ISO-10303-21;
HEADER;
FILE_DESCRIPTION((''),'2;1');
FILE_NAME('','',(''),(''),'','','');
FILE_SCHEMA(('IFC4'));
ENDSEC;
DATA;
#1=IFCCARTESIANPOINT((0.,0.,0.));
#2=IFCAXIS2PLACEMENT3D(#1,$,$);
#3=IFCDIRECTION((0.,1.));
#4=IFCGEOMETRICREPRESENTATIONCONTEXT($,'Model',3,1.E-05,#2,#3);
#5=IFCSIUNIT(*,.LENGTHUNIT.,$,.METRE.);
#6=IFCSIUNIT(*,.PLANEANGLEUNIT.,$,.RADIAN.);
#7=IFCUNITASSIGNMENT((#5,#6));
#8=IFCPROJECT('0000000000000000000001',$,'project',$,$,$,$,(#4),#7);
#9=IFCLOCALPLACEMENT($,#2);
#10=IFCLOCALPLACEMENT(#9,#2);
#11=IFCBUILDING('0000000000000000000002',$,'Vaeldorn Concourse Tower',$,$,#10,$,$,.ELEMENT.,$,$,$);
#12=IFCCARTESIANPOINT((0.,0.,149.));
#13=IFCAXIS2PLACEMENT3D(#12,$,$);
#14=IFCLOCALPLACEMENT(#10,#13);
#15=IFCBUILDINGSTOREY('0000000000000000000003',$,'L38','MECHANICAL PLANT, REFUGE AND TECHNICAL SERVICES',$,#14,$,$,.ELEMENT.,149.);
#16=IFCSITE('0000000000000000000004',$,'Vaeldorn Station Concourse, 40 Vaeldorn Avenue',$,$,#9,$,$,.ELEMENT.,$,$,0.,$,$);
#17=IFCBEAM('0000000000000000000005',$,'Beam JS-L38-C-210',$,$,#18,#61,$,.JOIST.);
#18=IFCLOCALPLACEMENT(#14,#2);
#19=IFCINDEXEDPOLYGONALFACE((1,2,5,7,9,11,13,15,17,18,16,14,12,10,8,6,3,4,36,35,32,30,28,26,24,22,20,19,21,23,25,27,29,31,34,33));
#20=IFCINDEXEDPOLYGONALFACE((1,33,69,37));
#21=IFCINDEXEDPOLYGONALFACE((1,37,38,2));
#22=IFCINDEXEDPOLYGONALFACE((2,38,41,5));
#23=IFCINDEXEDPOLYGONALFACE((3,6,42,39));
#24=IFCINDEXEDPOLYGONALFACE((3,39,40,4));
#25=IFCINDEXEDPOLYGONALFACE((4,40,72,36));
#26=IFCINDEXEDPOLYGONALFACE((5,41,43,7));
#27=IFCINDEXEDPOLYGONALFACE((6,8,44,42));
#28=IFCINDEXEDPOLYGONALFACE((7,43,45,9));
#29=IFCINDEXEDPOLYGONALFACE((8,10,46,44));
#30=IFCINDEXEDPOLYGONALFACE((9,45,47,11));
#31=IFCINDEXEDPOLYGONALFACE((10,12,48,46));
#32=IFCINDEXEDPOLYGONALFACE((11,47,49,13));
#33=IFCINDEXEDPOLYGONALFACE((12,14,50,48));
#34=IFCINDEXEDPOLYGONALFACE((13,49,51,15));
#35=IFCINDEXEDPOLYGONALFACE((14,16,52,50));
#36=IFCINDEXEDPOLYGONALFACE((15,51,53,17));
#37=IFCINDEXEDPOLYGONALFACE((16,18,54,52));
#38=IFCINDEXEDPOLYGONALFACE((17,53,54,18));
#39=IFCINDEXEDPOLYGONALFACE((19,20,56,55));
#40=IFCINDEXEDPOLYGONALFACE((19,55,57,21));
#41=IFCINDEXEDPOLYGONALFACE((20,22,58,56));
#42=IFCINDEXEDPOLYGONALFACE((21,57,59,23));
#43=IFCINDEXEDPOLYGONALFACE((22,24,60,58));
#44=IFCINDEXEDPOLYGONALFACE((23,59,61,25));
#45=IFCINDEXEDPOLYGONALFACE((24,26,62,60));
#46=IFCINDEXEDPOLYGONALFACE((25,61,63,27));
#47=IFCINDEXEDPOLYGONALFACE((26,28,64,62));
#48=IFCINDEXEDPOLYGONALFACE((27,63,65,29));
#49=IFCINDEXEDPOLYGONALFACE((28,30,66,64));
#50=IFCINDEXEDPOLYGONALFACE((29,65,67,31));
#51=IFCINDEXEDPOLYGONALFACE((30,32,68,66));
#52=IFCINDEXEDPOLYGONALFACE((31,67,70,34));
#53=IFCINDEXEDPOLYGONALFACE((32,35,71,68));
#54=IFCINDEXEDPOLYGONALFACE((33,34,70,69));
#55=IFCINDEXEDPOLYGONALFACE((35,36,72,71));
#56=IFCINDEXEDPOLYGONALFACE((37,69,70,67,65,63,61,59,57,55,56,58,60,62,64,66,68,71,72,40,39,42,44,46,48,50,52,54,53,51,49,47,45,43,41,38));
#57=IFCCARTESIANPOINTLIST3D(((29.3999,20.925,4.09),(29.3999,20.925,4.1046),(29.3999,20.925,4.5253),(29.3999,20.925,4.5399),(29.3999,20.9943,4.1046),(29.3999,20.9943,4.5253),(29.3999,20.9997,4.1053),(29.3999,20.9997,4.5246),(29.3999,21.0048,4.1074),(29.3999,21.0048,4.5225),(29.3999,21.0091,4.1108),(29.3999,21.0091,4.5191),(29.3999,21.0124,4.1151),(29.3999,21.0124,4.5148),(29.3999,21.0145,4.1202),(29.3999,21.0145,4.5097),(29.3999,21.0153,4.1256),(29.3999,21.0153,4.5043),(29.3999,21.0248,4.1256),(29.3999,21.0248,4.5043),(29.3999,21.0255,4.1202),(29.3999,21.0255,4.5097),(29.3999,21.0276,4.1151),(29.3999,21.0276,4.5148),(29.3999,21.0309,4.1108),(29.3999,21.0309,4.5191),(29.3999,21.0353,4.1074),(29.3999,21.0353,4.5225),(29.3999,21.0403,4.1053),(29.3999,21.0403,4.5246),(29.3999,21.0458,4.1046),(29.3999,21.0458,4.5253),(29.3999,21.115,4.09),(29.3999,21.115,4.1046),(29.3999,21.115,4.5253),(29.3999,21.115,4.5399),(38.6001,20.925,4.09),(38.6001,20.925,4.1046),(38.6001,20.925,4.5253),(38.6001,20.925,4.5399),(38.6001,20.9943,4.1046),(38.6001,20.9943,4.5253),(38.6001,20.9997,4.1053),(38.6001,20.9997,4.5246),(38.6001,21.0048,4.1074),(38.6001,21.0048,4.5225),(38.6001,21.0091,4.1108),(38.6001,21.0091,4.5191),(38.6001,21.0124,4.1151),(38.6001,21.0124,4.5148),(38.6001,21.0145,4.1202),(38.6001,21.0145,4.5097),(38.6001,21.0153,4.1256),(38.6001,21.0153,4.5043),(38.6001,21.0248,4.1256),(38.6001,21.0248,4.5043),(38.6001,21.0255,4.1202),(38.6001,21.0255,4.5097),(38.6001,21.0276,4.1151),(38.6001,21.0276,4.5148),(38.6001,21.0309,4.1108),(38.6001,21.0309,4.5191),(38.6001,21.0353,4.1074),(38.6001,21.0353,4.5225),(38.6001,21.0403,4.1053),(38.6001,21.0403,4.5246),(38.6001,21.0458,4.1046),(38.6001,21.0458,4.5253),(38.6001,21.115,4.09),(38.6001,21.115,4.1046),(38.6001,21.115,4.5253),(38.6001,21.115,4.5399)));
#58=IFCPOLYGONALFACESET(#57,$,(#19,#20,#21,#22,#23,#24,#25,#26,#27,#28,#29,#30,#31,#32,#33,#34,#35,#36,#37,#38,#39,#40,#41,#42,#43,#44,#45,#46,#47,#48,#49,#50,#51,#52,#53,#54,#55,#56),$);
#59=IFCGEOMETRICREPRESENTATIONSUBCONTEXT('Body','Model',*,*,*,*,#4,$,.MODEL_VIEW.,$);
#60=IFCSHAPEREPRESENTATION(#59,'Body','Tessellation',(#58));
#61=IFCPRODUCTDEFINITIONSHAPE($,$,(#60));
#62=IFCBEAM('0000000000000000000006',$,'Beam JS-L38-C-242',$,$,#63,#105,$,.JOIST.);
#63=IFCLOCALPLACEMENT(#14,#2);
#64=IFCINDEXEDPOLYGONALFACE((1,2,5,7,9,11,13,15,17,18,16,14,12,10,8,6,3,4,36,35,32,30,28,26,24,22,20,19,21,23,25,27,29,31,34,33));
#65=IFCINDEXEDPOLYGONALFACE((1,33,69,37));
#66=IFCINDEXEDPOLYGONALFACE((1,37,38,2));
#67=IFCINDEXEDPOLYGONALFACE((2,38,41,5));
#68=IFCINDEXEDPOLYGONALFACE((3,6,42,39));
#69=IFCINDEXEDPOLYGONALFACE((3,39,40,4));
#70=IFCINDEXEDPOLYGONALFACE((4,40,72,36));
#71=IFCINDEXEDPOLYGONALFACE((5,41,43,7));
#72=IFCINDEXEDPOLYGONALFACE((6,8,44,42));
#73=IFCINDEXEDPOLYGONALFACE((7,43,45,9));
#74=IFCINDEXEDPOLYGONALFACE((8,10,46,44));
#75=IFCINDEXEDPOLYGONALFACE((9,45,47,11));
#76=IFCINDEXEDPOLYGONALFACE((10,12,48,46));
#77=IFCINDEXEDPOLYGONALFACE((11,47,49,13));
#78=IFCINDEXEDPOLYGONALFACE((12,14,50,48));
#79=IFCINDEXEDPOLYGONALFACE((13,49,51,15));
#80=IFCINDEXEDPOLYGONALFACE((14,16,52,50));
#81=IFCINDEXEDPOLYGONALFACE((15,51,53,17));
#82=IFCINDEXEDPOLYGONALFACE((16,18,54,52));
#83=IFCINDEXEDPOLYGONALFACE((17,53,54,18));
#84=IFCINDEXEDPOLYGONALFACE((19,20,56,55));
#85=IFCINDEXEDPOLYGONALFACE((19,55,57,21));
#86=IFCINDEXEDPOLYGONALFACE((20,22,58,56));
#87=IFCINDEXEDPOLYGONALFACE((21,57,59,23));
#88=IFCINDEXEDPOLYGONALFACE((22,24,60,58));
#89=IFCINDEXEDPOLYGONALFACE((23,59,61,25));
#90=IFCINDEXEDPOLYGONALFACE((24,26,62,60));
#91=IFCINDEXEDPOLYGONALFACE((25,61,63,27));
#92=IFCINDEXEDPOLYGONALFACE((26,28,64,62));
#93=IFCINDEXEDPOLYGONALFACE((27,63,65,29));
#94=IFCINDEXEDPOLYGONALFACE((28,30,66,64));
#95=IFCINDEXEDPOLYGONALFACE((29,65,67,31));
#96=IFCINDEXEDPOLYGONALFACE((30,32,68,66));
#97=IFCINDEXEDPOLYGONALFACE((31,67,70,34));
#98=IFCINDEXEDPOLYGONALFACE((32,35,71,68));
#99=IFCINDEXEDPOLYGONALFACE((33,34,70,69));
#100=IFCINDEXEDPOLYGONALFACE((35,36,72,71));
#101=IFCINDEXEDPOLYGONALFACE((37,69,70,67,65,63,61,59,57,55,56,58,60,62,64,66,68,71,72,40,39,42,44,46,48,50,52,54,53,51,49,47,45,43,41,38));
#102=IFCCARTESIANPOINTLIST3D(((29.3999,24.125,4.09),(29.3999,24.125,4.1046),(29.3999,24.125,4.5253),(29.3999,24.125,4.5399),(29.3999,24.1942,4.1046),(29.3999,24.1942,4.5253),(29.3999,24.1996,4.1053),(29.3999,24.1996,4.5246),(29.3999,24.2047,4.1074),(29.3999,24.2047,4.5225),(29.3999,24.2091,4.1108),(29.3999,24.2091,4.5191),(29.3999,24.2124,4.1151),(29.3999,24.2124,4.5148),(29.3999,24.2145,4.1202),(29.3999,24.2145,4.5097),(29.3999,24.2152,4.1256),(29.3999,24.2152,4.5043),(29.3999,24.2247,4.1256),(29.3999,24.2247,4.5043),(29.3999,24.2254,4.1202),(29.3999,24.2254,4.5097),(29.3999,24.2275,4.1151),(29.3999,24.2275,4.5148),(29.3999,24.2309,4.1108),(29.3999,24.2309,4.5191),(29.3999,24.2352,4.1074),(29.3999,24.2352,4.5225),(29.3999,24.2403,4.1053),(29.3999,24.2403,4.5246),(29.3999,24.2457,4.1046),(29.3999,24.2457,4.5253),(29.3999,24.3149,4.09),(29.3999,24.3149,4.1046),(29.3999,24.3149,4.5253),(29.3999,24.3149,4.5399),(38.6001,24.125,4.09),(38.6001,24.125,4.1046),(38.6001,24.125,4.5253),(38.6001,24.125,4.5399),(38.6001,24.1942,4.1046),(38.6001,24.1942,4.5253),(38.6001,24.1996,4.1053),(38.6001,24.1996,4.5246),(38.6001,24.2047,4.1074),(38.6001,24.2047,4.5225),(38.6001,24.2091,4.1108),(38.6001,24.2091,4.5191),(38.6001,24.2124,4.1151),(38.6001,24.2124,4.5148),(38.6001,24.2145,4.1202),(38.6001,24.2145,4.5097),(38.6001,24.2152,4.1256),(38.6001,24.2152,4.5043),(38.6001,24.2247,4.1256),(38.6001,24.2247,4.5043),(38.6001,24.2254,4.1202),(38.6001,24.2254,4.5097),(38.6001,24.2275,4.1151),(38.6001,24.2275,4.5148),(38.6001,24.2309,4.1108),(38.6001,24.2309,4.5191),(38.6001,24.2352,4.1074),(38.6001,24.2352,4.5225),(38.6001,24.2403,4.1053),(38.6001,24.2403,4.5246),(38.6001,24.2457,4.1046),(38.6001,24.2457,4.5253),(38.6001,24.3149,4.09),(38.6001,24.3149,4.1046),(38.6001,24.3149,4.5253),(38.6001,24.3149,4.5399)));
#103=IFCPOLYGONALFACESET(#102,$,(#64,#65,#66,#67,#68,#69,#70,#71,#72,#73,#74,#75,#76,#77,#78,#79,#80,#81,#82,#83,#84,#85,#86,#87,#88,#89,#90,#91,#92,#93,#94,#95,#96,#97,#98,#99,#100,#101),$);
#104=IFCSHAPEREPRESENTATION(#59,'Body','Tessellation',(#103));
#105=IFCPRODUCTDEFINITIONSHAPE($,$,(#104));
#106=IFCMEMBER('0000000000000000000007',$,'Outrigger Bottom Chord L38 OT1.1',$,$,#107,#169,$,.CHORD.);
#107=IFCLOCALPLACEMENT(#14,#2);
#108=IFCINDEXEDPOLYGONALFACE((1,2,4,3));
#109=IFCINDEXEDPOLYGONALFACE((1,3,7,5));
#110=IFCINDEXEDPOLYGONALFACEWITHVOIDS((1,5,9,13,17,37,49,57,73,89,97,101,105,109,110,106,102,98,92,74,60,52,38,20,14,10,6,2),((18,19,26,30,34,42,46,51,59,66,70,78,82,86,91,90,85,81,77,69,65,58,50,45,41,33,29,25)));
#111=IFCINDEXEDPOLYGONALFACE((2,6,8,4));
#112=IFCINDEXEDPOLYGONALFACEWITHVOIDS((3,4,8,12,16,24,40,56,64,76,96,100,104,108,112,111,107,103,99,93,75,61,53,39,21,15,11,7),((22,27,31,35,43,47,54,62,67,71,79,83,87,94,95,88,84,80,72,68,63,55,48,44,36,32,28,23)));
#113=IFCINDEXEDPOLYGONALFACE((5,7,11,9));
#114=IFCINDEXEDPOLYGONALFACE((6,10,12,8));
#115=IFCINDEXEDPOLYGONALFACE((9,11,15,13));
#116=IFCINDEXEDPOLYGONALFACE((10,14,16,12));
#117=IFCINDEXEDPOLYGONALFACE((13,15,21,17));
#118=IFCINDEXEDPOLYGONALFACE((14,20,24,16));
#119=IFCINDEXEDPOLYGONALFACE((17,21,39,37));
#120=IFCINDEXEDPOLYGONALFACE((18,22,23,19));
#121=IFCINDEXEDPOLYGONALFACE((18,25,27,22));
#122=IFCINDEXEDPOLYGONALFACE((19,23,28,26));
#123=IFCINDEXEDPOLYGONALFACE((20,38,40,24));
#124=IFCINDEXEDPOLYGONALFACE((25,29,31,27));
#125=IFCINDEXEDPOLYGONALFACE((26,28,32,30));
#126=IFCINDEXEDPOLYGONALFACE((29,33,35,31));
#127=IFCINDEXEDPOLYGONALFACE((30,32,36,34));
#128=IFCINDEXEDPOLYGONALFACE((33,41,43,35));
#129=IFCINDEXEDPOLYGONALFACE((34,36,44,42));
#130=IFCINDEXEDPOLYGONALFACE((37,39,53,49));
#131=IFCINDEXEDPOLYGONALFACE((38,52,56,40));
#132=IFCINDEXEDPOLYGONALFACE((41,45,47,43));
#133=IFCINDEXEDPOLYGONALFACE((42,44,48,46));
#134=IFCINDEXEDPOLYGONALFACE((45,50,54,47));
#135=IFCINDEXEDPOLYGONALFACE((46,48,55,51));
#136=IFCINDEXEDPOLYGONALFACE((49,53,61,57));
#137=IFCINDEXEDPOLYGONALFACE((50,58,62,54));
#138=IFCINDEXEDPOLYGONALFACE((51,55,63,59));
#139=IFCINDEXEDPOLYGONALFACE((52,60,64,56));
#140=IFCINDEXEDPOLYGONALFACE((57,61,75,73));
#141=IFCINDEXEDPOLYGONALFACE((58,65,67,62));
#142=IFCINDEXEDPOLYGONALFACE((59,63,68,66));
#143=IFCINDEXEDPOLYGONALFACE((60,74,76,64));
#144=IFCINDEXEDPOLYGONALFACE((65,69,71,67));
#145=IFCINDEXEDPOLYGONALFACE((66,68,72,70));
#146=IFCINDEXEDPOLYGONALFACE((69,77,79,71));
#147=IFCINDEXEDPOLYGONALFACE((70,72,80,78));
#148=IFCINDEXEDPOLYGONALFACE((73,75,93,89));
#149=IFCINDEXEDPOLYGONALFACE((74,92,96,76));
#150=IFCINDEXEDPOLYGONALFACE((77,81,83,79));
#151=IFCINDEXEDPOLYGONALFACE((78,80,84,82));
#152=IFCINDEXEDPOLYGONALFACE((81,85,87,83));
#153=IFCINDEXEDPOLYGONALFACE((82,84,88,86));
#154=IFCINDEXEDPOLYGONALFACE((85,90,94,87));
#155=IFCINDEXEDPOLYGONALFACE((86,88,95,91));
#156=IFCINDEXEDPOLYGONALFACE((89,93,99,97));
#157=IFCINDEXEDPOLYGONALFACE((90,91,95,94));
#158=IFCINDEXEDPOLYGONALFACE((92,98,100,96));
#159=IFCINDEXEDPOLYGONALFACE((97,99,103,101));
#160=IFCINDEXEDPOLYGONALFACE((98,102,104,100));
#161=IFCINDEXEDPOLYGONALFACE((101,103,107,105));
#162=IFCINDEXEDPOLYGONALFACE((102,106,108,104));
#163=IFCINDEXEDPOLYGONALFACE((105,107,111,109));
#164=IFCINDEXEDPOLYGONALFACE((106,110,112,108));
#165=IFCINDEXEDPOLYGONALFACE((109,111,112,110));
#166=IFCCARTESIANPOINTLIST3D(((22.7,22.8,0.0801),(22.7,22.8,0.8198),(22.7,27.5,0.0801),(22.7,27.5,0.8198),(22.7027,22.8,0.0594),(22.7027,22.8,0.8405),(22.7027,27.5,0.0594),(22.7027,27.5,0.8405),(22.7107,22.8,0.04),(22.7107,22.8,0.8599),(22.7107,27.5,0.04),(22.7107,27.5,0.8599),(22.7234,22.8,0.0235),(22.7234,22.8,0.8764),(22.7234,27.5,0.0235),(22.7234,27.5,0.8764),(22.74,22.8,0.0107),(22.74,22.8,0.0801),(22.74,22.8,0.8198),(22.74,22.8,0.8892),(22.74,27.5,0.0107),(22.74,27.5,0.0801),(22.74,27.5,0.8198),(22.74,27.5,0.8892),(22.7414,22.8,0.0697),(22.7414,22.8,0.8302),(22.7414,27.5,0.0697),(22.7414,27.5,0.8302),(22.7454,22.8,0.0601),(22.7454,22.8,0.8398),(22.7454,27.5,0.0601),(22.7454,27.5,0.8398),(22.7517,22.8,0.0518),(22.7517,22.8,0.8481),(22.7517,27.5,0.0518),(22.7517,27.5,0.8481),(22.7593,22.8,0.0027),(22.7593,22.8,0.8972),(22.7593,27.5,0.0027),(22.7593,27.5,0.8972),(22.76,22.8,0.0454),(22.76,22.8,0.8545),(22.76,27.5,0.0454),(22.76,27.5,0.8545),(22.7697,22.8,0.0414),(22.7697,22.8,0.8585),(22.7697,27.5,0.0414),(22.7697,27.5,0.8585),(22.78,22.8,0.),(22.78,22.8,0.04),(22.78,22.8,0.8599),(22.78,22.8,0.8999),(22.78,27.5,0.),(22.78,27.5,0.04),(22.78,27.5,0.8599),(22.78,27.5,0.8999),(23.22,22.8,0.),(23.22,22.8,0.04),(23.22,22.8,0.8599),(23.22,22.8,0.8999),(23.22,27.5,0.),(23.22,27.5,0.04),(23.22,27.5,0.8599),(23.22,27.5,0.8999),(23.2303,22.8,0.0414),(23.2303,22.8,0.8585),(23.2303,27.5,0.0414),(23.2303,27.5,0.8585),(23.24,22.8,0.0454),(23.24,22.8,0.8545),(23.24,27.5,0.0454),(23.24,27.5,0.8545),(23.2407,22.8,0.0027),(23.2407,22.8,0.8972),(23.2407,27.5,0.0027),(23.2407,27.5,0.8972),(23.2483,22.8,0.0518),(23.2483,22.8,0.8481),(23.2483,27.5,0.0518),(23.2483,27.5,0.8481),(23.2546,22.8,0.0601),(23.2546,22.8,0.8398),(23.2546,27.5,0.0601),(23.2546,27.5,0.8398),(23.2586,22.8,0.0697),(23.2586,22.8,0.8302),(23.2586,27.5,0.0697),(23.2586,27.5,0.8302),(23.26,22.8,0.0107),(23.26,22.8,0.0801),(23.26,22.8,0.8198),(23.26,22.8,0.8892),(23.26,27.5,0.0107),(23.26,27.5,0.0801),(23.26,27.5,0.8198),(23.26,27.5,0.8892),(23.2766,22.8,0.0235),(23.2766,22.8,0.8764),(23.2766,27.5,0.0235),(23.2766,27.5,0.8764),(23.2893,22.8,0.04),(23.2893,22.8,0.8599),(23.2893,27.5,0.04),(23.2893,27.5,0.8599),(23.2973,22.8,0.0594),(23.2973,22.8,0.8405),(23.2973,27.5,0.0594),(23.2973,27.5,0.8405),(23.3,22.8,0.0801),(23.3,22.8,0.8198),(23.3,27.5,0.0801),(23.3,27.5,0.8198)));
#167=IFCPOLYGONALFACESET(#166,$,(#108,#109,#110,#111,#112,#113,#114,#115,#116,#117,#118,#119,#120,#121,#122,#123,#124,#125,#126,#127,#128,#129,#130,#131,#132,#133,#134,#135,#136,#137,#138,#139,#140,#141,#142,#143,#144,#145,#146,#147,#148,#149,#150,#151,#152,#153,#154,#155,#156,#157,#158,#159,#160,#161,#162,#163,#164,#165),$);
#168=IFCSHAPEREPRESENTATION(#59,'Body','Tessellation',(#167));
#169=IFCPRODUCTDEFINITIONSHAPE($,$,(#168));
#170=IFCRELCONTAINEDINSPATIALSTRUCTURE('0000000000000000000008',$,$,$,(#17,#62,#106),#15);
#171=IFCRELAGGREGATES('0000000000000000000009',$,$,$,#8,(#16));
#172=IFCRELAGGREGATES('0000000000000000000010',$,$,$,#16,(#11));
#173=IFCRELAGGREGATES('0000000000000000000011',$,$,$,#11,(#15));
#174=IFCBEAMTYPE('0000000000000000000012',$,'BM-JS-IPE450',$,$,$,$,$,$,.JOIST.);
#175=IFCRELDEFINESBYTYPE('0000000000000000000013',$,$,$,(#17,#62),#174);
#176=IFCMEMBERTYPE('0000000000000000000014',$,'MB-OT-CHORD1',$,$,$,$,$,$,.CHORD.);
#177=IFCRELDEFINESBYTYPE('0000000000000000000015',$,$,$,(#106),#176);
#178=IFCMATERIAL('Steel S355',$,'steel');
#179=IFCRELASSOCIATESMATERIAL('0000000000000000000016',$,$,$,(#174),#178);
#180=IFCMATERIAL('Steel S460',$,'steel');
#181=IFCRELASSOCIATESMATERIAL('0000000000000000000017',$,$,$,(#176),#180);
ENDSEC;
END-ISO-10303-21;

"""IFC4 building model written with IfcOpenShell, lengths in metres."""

from ifc_helpers import new_model, si_unit, direction, frame, origin, origin_2d, place, context, subcontext, project, spatial, hollow_rectangle, i_section, extrude, source, transform, mapped, material, material_profile, profile_set, type_object, element, save


model = new_model("IFC4")

# Units and contexts
model_context = context("Model", 3, precision=1e-05, world=origin(), true_north=direction((0.0, 1.0)))
body_context = subcontext(model_context, "Body", "Model", "MODEL_VIEW")
ifc_project = project(units=[si_unit("LENGTHUNIT", "METRE"), si_unit("PLANEANGLEUNIT", "RADIAN")], contexts=[model_context])

# Site, building, storey
site_placement = place(None, origin())
site = spatial("IfcSite", under=ifc_project, at=site_placement, Name="Vaeldorn Station Concourse, 40 Vaeldorn Avenue", CompositionType="ELEMENT", RefElevation=0.0)
building_placement = place(site_placement, origin())
building = spatial("IfcBuilding", under=site, at=building_placement, Name="Vaeldorn Concourse Tower", CompositionType="ELEMENT")
storey_placement = place(building_placement, frame((0.0, 0.0, 149.0)))
storey = spatial("IfcBuildingStorey", under=building, at=storey_placement, Name="L38", Description="MECHANICAL PLANT, REFUGE AND TECHNICAL SERVICES", CompositionType="ELEMENT", Elevation=149.0)

# Shared definitions
ifc_material_1 = material(Name="Steel S460", Category="steel")

# Beams
ifc_material_2 = material(Name="Steel S355", Category="steel")
ifc_material_profile_1 = material_profile(ifc_material_2, i_section(OverallWidth=0.1899, OverallDepth=0.45, WebThickness=0.0095, FlangeThickness=0.0146, FilletRadius=0.021, at=origin_2d()), Name="IPE 450")
ifc_profile_set_1 = profile_set([ifc_material_profile_1], Name="Steel S355")
beam_type_1 = type_object("IfcBeamType", Name="BM-JS-IPE450", PredefinedType="JOIST", material=ifc_profile_set_1)
shared_shape_1 = source(origin(), body_context, "Body", "SweptSolid", [
    extrude(i_section(OverallWidth=0.1899, OverallDepth=0.45, WebThickness=0.0095, FlangeThickness=0.0146, FilletRadius=0.021, at=origin_2d()), origin(), (0.0, 0.0, 1.0), 9.2002),
])
for number, where, z_axis, x_axis, name in (
    (1, (29.3999, 21.02, 4.3149), (1.0, 0.0, 0.0), (0.0, 1.0, 0.0), "Beam JS-L38-C-210"),
    (2, (29.3999, 24.22, 4.3149), (1.0, 0.0, 0.0), (0.0, 1.0, 0.0), "Beam JS-L38-C-242"),
):
    element("IfcBeam", number, at=place(storey_placement, frame(where, z_axis=z_axis, x_axis=x_axis)), inside=storey, type_object=beam_type_1, Name=name, PredefinedType="JOIST", context=body_context, shape_type="MappedRepresentation", body=[
        mapped(shared_shape_1, transform((0.0, 0.0, 0.0), scale=1.0)),
    ])

# Member
ifc_material_profile_2 = material_profile(ifc_material_1, hollow_rectangle(XDim=0.6001, YDim=0.8999, WallThickness=0.04, InnerFilletRadius=0.04, OuterFilletRadius=0.0801, at=origin_2d()), Name="RHS 900x600x40")
ifc_profile_set_2 = profile_set([ifc_material_profile_2], Name="Steel S460")
member_type_1 = type_object("IfcMemberType", Name="MB-OT-CHORD1", PredefinedType="CHORD", material=ifc_profile_set_2)
shared_shape_2 = source(origin(), body_context, "Body", "SweptSolid", [
    extrude(hollow_rectangle(XDim=0.6001, YDim=0.8999, WallThickness=0.04, InnerFilletRadius=0.04, OuterFilletRadius=0.0801, at=origin_2d()), origin(), (0.0, 0.0, 1.0), 4.7),
])
member_1_placement = place(storey_placement, frame((23.0, 27.5, 0.45), z_axis=(0.0, -1.0, 0.0), x_axis=(1.0, 0.0, 0.0)))
element("IfcMember", 3, at=member_1_placement, inside=storey, type_object=member_type_1, Name="Outrigger Bottom Chord L38 OT1.1", PredefinedType="CHORD", context=body_context, shape_type="MappedRepresentation", body=[
    mapped(shared_shape_2, transform((0.0, 0.0, 0.0), scale=1.0)),
])

save(model, "model.ifc")
